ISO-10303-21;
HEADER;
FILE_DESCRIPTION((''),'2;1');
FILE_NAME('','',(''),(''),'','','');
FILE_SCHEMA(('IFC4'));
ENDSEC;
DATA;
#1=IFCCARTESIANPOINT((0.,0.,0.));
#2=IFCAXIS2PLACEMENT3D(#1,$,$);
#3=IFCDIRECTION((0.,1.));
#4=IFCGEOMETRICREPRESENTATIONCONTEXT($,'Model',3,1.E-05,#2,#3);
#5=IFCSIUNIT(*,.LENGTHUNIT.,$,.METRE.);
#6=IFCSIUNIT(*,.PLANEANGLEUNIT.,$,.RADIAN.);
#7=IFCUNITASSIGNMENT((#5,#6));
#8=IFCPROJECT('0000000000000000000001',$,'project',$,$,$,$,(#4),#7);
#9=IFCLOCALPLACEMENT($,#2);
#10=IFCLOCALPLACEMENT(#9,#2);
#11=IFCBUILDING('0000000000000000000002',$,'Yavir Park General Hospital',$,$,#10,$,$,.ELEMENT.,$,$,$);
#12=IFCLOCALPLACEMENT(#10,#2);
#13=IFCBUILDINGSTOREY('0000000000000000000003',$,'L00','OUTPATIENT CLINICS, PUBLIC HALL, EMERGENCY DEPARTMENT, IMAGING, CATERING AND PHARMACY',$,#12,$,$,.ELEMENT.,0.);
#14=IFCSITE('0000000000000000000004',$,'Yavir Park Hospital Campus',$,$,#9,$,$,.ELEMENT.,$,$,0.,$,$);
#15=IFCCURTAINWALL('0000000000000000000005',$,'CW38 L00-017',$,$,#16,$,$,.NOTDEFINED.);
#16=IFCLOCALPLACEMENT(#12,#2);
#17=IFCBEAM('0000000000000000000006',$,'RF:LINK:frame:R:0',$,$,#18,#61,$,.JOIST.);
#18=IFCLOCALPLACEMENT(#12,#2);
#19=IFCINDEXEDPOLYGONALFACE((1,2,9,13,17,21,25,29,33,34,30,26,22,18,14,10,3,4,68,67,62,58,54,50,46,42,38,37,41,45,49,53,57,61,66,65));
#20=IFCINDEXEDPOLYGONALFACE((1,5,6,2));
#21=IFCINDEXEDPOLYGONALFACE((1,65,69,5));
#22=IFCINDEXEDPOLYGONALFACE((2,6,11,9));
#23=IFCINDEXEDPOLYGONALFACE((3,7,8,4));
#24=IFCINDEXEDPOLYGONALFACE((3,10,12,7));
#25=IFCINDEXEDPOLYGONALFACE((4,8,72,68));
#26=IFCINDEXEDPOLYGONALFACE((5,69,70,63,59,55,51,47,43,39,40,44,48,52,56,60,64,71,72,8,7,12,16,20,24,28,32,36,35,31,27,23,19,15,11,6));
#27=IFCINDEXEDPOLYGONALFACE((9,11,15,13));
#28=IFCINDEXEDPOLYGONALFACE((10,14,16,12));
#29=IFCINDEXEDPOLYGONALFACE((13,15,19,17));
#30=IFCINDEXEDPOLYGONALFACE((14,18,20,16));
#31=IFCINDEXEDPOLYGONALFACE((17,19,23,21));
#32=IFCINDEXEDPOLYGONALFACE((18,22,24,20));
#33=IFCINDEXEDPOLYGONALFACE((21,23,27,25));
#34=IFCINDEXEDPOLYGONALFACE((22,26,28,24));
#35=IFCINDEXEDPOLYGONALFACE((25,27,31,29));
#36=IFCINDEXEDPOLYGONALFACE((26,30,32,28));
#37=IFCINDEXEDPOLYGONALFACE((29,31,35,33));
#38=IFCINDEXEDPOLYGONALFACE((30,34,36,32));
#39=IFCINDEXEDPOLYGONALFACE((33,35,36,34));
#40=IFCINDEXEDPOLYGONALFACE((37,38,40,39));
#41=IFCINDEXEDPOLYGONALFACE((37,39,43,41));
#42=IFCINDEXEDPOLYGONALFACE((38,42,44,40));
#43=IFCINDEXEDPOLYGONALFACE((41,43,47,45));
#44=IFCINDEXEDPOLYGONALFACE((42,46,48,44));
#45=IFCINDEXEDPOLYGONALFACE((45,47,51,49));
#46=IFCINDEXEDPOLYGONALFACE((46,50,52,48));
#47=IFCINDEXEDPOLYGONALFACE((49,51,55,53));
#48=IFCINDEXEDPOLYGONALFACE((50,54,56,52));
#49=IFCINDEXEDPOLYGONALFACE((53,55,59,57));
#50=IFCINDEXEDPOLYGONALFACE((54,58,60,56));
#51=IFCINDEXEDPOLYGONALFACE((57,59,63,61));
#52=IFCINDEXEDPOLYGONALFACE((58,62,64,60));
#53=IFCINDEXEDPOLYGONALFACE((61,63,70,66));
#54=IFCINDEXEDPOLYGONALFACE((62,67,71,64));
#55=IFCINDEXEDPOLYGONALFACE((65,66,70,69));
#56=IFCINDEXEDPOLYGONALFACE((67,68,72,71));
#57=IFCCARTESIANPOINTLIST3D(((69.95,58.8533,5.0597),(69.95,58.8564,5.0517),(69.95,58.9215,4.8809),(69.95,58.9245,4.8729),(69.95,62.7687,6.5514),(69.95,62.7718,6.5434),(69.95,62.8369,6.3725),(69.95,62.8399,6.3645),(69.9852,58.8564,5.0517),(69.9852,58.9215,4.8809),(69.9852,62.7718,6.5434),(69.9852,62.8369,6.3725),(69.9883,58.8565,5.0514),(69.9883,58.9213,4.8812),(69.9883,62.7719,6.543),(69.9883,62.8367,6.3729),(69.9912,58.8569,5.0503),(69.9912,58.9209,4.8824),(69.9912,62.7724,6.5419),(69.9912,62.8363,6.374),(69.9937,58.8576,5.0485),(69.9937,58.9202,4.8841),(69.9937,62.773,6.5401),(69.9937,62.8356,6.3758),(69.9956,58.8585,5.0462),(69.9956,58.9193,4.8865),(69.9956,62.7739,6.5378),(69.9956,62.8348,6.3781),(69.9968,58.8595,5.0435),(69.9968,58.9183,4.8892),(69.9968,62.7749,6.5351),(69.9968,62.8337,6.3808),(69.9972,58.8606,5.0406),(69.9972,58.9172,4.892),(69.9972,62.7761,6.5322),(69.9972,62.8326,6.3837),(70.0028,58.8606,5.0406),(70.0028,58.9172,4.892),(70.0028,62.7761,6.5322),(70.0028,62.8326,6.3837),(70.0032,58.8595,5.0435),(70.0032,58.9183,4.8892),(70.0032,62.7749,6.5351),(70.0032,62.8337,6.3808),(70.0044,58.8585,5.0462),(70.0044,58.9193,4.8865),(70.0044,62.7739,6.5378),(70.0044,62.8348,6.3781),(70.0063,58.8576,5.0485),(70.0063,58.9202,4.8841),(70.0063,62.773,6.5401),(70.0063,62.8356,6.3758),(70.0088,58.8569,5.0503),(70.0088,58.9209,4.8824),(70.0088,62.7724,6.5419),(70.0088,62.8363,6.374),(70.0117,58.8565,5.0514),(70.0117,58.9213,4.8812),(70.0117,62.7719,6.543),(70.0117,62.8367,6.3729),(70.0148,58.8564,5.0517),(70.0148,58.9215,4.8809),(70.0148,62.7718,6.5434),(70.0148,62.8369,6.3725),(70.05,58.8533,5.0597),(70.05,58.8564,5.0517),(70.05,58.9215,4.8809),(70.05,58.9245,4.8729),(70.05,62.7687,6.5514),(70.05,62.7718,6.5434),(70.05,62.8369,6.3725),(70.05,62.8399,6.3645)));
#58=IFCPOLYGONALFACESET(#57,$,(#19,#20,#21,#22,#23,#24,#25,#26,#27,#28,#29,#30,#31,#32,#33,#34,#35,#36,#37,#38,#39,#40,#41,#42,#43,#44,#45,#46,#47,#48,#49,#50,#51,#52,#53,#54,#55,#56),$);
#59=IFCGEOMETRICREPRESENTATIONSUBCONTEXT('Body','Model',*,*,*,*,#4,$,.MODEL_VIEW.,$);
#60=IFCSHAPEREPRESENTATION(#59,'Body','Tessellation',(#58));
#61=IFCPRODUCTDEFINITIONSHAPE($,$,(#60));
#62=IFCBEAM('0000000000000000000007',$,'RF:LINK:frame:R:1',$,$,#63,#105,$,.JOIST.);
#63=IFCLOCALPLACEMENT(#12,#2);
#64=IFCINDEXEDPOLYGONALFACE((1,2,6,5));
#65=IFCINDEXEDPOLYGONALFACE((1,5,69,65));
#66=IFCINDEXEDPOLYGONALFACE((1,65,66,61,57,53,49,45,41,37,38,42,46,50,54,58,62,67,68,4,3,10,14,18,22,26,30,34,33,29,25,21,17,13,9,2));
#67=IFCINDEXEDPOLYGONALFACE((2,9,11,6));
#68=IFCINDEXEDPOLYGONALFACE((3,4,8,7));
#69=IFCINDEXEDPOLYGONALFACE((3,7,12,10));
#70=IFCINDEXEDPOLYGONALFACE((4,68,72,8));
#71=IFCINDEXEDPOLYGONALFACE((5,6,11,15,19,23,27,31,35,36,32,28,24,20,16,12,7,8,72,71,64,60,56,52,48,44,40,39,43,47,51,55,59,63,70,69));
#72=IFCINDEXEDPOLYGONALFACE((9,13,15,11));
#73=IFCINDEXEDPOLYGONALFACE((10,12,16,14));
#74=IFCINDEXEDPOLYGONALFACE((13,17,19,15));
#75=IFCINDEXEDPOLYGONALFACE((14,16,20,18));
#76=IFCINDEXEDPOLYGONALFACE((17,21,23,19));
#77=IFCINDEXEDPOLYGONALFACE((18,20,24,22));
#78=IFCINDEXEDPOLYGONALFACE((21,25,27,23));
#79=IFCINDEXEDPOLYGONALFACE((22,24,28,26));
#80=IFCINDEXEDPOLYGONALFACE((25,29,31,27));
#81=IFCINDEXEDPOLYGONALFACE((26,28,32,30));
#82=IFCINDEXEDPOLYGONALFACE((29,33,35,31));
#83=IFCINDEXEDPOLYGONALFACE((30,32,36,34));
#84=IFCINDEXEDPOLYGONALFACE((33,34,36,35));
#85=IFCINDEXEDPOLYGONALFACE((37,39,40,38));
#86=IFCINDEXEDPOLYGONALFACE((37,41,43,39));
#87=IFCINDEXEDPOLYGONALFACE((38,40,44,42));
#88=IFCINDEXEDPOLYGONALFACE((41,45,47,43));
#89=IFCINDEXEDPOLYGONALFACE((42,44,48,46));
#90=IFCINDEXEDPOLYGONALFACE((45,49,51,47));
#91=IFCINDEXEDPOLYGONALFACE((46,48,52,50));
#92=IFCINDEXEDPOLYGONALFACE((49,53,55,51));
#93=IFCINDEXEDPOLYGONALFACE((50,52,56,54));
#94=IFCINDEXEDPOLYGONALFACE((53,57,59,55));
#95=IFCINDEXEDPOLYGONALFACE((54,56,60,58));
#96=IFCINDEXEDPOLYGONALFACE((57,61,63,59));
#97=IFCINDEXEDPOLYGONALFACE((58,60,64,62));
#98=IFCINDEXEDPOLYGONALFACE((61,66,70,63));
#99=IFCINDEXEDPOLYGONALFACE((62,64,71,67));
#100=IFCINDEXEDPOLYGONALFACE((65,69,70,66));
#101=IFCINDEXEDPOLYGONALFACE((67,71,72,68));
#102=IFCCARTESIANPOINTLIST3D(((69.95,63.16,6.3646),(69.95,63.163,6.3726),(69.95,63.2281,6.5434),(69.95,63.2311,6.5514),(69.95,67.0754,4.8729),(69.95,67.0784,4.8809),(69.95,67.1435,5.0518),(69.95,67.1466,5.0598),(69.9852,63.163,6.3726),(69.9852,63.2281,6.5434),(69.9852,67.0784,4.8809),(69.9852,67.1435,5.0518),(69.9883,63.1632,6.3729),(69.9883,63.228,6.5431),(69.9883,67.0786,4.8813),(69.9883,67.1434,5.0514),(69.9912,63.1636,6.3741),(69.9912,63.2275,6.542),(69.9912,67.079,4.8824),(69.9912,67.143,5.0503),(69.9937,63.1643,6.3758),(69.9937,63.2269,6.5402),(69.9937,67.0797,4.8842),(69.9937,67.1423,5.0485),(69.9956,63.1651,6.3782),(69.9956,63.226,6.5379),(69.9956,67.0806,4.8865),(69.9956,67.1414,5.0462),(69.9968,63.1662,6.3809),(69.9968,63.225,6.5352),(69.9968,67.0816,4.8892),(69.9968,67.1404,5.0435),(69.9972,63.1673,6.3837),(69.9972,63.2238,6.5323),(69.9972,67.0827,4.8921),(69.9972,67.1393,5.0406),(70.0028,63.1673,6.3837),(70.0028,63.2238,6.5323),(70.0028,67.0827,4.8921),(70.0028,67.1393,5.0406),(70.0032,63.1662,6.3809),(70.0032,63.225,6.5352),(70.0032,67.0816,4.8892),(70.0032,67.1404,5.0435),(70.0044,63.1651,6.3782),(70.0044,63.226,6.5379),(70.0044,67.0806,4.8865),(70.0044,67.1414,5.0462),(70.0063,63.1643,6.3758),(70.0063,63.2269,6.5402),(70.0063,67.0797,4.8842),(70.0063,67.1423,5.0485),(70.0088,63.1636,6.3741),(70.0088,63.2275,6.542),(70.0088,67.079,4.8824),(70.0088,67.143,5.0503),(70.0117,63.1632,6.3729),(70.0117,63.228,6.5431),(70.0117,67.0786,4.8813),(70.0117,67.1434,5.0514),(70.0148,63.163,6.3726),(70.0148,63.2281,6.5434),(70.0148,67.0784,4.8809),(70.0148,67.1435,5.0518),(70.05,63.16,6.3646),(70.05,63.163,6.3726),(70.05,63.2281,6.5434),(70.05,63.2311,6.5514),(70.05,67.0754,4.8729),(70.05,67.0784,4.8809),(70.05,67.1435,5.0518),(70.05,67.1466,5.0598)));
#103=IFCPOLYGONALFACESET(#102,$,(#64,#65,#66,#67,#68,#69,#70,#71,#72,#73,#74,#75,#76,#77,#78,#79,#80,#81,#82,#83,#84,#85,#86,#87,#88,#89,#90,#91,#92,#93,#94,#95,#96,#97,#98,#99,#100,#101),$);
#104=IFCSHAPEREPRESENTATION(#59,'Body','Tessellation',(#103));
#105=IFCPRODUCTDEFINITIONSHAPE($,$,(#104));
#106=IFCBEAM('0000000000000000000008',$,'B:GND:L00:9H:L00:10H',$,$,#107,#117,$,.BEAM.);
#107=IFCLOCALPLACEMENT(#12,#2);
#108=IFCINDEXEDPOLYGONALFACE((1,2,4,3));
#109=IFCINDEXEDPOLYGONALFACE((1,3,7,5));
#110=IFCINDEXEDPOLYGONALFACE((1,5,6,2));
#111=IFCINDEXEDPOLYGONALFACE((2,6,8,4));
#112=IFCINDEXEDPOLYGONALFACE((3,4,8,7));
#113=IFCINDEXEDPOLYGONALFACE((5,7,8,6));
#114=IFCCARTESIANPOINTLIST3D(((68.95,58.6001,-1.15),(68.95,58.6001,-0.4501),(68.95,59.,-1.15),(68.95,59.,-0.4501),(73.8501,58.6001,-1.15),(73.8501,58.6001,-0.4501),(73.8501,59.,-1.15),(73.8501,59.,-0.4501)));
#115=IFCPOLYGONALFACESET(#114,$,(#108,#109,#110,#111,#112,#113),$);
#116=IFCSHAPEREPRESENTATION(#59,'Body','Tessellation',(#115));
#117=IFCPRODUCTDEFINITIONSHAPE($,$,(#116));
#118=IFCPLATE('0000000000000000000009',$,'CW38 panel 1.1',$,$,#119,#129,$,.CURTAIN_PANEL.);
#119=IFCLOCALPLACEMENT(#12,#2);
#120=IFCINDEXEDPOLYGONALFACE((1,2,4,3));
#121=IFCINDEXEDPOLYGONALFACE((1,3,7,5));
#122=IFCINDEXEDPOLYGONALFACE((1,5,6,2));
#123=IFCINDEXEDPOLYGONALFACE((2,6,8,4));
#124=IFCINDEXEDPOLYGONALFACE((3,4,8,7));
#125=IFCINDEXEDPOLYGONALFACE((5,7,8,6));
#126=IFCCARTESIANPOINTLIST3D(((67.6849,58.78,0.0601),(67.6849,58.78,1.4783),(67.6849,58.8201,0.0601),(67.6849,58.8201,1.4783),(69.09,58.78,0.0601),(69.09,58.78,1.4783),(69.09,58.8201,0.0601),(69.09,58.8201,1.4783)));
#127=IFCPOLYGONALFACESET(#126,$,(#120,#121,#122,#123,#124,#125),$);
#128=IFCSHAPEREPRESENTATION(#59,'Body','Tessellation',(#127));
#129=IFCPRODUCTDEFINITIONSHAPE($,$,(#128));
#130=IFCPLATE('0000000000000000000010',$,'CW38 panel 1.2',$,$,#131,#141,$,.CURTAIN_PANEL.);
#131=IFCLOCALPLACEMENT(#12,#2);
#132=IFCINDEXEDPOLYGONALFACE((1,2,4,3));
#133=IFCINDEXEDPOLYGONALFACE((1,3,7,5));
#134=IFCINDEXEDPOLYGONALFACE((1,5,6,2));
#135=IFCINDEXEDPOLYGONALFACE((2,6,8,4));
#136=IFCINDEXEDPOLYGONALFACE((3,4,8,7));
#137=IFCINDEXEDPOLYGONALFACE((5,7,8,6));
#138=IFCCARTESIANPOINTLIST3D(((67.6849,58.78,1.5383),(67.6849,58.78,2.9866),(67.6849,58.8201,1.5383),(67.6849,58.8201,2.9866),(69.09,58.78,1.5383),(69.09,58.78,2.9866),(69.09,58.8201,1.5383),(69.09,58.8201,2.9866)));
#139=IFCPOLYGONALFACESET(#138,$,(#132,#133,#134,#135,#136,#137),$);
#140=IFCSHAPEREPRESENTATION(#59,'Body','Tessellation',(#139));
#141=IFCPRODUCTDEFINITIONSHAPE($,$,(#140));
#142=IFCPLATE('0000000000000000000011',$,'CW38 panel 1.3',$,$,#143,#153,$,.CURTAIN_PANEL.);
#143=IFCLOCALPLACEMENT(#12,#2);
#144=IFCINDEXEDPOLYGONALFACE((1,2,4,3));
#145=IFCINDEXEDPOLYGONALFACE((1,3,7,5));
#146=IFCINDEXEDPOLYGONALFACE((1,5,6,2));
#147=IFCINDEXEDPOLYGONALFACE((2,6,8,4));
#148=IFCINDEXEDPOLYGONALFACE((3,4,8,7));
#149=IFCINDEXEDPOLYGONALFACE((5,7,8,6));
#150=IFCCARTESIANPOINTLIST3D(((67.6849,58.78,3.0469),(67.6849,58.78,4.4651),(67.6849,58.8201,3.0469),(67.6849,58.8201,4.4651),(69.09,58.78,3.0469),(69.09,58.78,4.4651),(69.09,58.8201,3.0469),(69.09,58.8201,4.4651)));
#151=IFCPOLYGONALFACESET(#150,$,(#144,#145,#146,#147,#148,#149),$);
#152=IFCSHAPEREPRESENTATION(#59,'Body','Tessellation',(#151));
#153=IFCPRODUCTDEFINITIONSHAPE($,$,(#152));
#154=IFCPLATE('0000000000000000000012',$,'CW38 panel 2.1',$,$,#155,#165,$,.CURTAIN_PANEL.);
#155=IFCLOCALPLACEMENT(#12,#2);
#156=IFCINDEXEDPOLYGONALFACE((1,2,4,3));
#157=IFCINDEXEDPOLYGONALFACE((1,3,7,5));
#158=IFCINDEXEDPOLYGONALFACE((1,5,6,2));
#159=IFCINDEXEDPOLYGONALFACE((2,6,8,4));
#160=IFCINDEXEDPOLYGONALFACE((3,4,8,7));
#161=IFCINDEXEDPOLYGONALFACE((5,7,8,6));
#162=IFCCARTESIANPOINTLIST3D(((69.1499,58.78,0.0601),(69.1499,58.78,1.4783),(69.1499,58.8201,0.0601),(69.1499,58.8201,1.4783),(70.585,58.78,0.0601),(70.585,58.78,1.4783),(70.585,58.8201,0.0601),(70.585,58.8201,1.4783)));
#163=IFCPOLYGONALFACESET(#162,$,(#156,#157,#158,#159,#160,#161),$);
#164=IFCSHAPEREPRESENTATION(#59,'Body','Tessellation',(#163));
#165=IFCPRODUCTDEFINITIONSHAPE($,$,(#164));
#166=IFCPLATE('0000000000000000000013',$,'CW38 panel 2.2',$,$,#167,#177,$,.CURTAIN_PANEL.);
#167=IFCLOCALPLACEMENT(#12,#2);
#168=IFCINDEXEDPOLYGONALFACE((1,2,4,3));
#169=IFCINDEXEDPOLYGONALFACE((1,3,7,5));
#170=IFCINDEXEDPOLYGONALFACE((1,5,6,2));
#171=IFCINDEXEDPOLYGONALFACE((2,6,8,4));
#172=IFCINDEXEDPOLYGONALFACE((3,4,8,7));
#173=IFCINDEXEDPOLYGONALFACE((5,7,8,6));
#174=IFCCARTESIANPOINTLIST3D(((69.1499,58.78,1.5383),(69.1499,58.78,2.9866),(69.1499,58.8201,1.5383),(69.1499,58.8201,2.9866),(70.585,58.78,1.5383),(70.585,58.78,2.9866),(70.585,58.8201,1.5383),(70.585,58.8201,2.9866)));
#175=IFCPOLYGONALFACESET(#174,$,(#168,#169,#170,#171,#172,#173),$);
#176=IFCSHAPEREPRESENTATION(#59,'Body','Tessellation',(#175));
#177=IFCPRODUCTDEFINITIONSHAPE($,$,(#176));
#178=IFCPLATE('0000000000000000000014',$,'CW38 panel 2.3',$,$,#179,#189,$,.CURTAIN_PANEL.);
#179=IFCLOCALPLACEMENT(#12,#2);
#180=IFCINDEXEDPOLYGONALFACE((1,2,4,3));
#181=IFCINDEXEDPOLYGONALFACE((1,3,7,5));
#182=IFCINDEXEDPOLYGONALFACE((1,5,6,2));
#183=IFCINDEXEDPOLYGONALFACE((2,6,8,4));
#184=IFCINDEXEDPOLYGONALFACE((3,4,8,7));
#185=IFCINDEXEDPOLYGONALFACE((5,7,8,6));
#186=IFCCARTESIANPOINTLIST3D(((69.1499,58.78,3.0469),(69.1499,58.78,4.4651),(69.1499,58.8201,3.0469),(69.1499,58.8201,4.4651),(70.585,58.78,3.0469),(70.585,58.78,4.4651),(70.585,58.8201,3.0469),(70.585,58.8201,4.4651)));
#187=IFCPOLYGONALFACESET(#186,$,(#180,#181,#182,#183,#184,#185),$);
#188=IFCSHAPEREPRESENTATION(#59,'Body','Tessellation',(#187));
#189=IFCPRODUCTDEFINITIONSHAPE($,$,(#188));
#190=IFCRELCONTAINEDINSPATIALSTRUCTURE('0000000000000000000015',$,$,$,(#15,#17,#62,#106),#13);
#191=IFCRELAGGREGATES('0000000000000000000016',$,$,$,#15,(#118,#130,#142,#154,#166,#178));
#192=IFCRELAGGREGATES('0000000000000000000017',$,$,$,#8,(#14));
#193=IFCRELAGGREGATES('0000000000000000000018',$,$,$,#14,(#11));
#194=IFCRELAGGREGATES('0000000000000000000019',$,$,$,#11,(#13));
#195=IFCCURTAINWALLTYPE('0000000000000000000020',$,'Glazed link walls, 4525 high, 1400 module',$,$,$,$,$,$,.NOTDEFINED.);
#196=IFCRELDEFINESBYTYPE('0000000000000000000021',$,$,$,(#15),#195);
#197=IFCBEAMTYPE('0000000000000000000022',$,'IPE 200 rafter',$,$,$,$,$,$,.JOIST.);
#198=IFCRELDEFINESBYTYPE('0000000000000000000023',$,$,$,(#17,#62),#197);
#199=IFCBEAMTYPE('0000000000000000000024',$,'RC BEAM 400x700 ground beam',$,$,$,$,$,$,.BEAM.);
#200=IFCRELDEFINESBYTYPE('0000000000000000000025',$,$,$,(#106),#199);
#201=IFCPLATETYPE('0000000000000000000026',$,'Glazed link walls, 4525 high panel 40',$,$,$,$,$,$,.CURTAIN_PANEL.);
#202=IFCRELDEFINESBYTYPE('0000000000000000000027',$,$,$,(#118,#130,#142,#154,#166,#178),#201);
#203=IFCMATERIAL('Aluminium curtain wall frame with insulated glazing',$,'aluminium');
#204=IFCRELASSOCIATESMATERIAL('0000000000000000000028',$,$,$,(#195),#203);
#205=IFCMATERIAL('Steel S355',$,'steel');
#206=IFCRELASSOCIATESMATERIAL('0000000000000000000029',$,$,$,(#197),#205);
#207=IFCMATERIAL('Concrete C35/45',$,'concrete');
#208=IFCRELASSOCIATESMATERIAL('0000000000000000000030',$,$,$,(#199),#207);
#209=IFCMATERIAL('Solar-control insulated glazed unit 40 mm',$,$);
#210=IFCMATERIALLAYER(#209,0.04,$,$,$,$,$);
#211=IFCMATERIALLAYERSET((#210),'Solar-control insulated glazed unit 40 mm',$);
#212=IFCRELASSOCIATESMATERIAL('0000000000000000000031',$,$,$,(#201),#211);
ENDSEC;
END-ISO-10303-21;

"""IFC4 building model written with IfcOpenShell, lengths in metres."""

from ifc_helpers import new_model, si_unit, direction, frame, origin, origin_2d, place, context, subcontext, project, spatial, rectangle, i_section, extrude, material, layer, layer_set, material_profile, profile_set, type_object, element, aggregate, save


model = new_model("IFC4")

# Units and contexts
model_context = context("Model", 3, precision=1e-05, world=origin(), true_north=direction((0.0, 1.0)))
body_context = subcontext(model_context, "Body", "Model", "MODEL_VIEW")
ifc_project = project(units=[si_unit("LENGTHUNIT", "METRE"), si_unit("PLANEANGLEUNIT", "RADIAN")], contexts=[model_context])

# Site, building, storey
site_placement = place(None, origin())
site = spatial("IfcSite", under=ifc_project, at=site_placement, Name="Yavir Park Hospital Campus", CompositionType="ELEMENT", RefElevation=0.0)
building_placement = place(site_placement, origin())
building = spatial("IfcBuilding", under=site, at=building_placement, Name="Yavir Park General Hospital", CompositionType="ELEMENT")
storey_placement = place(building_placement, origin())
storey = spatial("IfcBuildingStorey", under=building, at=storey_placement, Name="L00", Description="OUTPATIENT CLINICS, PUBLIC HALL, EMERGENCY DEPARTMENT, IMAGING, CATERING AND PHARMACY", CompositionType="ELEMENT", Elevation=0.0)

# Curtain wall
ifc_material_1 = material(Name="Aluminium curtain wall frame with insulated glazing", Category="aluminium")
curtain_wall_type = type_object("IfcCurtainWallType", Name="Glazed link walls, 4525 high, 1400 module", PredefinedType="NOTDEFINED", material=ifc_material_1)
curtain_wall_1_placement = place(storey_placement, origin())
curtain_wall_1 = element("IfcCurtainWall", 1, at=curtain_wall_1_placement, inside=storey, type_object=curtain_wall_type, Name="CW38 L00-017", PredefinedType="NOTDEFINED")

# Beams
ifc_material_2 = material(Name="Steel S355", Category="steel")
ifc_material_profile_1 = material_profile(ifc_material_2, i_section(OverallWidth=0.1001, OverallDepth=0.2, WebThickness=0.0056, FlangeThickness=0.0085, FilletRadius=0.012, at=origin_2d()), Name="IPE200")
ifc_profile_set_1 = profile_set([ifc_material_profile_1], Name="Steel S355")
beam_type_1 = type_object("IfcBeamType", Name="IPE 200 rafter", PredefinedType="JOIST", material=ifc_profile_set_1)
for number, where, z_axis, x_axis, name in (
    (2, (70.0, 58.8889, 4.9663), (0.0, 0.934482, 0.35601), (-1.0, 0.0, 0.0), "RF:LINK:frame:R:0"),
    (3, (70.0, 63.1956, 6.458), (0.0, 0.934482, -0.35601), (-1.0, 0.0, 0.0), "RF:LINK:frame:R:1"),
):
    element("IfcBeam", number, at=place(storey_placement, frame(where, z_axis=z_axis, x_axis=x_axis)), inside=storey, type_object=beam_type_1, Name=name, PredefinedType="JOIST", context=body_context, shape_type="SweptSolid", body=[
        extrude(i_section(OverallWidth=0.1001, OverallDepth=0.2, WebThickness=0.0056, FlangeThickness=0.0085, FilletRadius=0.012, at=origin_2d()), origin(), (0.0, 0.0, 1.0), 4.1899),
    ])
ifc_material_3 = material(Name="Concrete C35/45", Category="concrete")
ifc_material_profile_2 = material_profile(ifc_material_3, rectangle(XDim=0.3999, YDim=0.7, at=origin_2d()), Name="RC400x700")
ifc_profile_set_2 = profile_set([ifc_material_profile_2], Name="Concrete C35/45")
beam_type_2 = type_object("IfcBeamType", Name="RC BEAM 400x700 ground beam", PredefinedType="BEAM", material=ifc_profile_set_2)
beam_1_placement = place(storey_placement, frame((68.95, 58.8, -0.8), z_axis=(1.0, 0.0, 0.0), x_axis=(0.0, 1.0, 0.0)))
element("IfcBeam", 4, at=beam_1_placement, inside=storey, type_object=beam_type_2, Name="B:GND:L00:9H:L00:10H", PredefinedType="BEAM", context=body_context, shape_type="SweptSolid", body=[
    extrude(rectangle(XDim=0.3999, YDim=0.7, at=origin_2d()), origin(), (0.0, 0.0, 1.0), 4.9001),
])

# Plates
ifc_material_4 = material(Name="Solar-control insulated glazed unit 40 mm")
ifc_layer = layer(ifc_material_4, 0.04)
ifc_layer_set = layer_set([ifc_layer], Name="Solar-control insulated glazed unit 40 mm")
plate_type = type_object("IfcPlateType", Name="Glazed link walls, 4525 high panel 40", PredefinedType="CURTAIN_PANEL", material=ifc_layer_set)
plate_1_placement = place(storey_placement, frame((68.3875, 58.8, 0.0601), z_axis=(0.0, 0.0, 1.0), x_axis=(1.0, 0.0, 0.0)))
plate_1 = element("IfcPlate", 5, at=plate_1_placement, type_object=plate_type, Name="CW38 panel 1.1", PredefinedType="CURTAIN_PANEL", context=body_context, shape_type="SweptSolid", body=[
    extrude(rectangle(XDim=1.405, YDim=0.04, at=origin_2d()), origin(), (0.0, 0.0, 1.0), 1.4182),
])
plate_2_placement = place(storey_placement, frame((68.3875, 58.8, 1.5383), z_axis=(0.0, 0.0, 1.0), x_axis=(1.0, 0.0, 0.0)))
plate_2 = element("IfcPlate", 6, at=plate_2_placement, type_object=plate_type, Name="CW38 panel 1.2", PredefinedType="CURTAIN_PANEL", context=body_context, shape_type="SweptSolid", body=[
    extrude(rectangle(XDim=1.405, YDim=0.04, at=origin_2d()), origin(), (0.0, 0.0, 1.0), 1.4482),
])
plate_3_placement = place(storey_placement, frame((68.3875, 58.8, 3.0469), z_axis=(0.0, 0.0, 1.0), x_axis=(1.0, 0.0, 0.0)))
plate_3 = element("IfcPlate", 7, at=plate_3_placement, type_object=plate_type, Name="CW38 panel 1.3", PredefinedType="CURTAIN_PANEL", context=body_context, shape_type="SweptSolid", body=[
    extrude(rectangle(XDim=1.405, YDim=0.04, at=origin_2d()), origin(), (0.0, 0.0, 1.0), 1.4182),
])
plate_4_placement = place(storey_placement, frame((69.8674, 58.8, 0.0601), z_axis=(0.0, 0.0, 1.0), x_axis=(1.0, 0.0, 0.0)))
plate_4 = element("IfcPlate", 8, at=plate_4_placement, type_object=plate_type, Name="CW38 panel 2.1", PredefinedType="CURTAIN_PANEL", context=body_context, shape_type="SweptSolid", body=[
    extrude(rectangle(XDim=1.4351, YDim=0.04, at=origin_2d()), origin(), (0.0, 0.0, 1.0), 1.4182),
])
plate_5_placement = place(storey_placement, frame((69.8674, 58.8, 1.5383), z_axis=(0.0, 0.0, 1.0), x_axis=(1.0, 0.0, 0.0)))
plate_5 = element("IfcPlate", 9, at=plate_5_placement, type_object=plate_type, Name="CW38 panel 2.2", PredefinedType="CURTAIN_PANEL", context=body_context, shape_type="SweptSolid", body=[
    extrude(rectangle(XDim=1.4351, YDim=0.04, at=origin_2d()), origin(), (0.0, 0.0, 1.0), 1.4482),
])
plate_6_placement = place(storey_placement, frame((69.8674, 58.8, 3.0469), z_axis=(0.0, 0.0, 1.0), x_axis=(1.0, 0.0, 0.0)))
plate_6 = element("IfcPlate", 10, at=plate_6_placement, type_object=plate_type, Name="CW38 panel 2.3", PredefinedType="CURTAIN_PANEL", context=body_context, shape_type="SweptSolid", body=[
    extrude(rectangle(XDim=1.4351, YDim=0.04, at=origin_2d()), origin(), (0.0, 0.0, 1.0), 1.4182),
])
aggregate(curtain_wall_1, [plate_1, plate_2, plate_3, plate_4, plate_5, plate_6])

save(model, "model.ifc")
